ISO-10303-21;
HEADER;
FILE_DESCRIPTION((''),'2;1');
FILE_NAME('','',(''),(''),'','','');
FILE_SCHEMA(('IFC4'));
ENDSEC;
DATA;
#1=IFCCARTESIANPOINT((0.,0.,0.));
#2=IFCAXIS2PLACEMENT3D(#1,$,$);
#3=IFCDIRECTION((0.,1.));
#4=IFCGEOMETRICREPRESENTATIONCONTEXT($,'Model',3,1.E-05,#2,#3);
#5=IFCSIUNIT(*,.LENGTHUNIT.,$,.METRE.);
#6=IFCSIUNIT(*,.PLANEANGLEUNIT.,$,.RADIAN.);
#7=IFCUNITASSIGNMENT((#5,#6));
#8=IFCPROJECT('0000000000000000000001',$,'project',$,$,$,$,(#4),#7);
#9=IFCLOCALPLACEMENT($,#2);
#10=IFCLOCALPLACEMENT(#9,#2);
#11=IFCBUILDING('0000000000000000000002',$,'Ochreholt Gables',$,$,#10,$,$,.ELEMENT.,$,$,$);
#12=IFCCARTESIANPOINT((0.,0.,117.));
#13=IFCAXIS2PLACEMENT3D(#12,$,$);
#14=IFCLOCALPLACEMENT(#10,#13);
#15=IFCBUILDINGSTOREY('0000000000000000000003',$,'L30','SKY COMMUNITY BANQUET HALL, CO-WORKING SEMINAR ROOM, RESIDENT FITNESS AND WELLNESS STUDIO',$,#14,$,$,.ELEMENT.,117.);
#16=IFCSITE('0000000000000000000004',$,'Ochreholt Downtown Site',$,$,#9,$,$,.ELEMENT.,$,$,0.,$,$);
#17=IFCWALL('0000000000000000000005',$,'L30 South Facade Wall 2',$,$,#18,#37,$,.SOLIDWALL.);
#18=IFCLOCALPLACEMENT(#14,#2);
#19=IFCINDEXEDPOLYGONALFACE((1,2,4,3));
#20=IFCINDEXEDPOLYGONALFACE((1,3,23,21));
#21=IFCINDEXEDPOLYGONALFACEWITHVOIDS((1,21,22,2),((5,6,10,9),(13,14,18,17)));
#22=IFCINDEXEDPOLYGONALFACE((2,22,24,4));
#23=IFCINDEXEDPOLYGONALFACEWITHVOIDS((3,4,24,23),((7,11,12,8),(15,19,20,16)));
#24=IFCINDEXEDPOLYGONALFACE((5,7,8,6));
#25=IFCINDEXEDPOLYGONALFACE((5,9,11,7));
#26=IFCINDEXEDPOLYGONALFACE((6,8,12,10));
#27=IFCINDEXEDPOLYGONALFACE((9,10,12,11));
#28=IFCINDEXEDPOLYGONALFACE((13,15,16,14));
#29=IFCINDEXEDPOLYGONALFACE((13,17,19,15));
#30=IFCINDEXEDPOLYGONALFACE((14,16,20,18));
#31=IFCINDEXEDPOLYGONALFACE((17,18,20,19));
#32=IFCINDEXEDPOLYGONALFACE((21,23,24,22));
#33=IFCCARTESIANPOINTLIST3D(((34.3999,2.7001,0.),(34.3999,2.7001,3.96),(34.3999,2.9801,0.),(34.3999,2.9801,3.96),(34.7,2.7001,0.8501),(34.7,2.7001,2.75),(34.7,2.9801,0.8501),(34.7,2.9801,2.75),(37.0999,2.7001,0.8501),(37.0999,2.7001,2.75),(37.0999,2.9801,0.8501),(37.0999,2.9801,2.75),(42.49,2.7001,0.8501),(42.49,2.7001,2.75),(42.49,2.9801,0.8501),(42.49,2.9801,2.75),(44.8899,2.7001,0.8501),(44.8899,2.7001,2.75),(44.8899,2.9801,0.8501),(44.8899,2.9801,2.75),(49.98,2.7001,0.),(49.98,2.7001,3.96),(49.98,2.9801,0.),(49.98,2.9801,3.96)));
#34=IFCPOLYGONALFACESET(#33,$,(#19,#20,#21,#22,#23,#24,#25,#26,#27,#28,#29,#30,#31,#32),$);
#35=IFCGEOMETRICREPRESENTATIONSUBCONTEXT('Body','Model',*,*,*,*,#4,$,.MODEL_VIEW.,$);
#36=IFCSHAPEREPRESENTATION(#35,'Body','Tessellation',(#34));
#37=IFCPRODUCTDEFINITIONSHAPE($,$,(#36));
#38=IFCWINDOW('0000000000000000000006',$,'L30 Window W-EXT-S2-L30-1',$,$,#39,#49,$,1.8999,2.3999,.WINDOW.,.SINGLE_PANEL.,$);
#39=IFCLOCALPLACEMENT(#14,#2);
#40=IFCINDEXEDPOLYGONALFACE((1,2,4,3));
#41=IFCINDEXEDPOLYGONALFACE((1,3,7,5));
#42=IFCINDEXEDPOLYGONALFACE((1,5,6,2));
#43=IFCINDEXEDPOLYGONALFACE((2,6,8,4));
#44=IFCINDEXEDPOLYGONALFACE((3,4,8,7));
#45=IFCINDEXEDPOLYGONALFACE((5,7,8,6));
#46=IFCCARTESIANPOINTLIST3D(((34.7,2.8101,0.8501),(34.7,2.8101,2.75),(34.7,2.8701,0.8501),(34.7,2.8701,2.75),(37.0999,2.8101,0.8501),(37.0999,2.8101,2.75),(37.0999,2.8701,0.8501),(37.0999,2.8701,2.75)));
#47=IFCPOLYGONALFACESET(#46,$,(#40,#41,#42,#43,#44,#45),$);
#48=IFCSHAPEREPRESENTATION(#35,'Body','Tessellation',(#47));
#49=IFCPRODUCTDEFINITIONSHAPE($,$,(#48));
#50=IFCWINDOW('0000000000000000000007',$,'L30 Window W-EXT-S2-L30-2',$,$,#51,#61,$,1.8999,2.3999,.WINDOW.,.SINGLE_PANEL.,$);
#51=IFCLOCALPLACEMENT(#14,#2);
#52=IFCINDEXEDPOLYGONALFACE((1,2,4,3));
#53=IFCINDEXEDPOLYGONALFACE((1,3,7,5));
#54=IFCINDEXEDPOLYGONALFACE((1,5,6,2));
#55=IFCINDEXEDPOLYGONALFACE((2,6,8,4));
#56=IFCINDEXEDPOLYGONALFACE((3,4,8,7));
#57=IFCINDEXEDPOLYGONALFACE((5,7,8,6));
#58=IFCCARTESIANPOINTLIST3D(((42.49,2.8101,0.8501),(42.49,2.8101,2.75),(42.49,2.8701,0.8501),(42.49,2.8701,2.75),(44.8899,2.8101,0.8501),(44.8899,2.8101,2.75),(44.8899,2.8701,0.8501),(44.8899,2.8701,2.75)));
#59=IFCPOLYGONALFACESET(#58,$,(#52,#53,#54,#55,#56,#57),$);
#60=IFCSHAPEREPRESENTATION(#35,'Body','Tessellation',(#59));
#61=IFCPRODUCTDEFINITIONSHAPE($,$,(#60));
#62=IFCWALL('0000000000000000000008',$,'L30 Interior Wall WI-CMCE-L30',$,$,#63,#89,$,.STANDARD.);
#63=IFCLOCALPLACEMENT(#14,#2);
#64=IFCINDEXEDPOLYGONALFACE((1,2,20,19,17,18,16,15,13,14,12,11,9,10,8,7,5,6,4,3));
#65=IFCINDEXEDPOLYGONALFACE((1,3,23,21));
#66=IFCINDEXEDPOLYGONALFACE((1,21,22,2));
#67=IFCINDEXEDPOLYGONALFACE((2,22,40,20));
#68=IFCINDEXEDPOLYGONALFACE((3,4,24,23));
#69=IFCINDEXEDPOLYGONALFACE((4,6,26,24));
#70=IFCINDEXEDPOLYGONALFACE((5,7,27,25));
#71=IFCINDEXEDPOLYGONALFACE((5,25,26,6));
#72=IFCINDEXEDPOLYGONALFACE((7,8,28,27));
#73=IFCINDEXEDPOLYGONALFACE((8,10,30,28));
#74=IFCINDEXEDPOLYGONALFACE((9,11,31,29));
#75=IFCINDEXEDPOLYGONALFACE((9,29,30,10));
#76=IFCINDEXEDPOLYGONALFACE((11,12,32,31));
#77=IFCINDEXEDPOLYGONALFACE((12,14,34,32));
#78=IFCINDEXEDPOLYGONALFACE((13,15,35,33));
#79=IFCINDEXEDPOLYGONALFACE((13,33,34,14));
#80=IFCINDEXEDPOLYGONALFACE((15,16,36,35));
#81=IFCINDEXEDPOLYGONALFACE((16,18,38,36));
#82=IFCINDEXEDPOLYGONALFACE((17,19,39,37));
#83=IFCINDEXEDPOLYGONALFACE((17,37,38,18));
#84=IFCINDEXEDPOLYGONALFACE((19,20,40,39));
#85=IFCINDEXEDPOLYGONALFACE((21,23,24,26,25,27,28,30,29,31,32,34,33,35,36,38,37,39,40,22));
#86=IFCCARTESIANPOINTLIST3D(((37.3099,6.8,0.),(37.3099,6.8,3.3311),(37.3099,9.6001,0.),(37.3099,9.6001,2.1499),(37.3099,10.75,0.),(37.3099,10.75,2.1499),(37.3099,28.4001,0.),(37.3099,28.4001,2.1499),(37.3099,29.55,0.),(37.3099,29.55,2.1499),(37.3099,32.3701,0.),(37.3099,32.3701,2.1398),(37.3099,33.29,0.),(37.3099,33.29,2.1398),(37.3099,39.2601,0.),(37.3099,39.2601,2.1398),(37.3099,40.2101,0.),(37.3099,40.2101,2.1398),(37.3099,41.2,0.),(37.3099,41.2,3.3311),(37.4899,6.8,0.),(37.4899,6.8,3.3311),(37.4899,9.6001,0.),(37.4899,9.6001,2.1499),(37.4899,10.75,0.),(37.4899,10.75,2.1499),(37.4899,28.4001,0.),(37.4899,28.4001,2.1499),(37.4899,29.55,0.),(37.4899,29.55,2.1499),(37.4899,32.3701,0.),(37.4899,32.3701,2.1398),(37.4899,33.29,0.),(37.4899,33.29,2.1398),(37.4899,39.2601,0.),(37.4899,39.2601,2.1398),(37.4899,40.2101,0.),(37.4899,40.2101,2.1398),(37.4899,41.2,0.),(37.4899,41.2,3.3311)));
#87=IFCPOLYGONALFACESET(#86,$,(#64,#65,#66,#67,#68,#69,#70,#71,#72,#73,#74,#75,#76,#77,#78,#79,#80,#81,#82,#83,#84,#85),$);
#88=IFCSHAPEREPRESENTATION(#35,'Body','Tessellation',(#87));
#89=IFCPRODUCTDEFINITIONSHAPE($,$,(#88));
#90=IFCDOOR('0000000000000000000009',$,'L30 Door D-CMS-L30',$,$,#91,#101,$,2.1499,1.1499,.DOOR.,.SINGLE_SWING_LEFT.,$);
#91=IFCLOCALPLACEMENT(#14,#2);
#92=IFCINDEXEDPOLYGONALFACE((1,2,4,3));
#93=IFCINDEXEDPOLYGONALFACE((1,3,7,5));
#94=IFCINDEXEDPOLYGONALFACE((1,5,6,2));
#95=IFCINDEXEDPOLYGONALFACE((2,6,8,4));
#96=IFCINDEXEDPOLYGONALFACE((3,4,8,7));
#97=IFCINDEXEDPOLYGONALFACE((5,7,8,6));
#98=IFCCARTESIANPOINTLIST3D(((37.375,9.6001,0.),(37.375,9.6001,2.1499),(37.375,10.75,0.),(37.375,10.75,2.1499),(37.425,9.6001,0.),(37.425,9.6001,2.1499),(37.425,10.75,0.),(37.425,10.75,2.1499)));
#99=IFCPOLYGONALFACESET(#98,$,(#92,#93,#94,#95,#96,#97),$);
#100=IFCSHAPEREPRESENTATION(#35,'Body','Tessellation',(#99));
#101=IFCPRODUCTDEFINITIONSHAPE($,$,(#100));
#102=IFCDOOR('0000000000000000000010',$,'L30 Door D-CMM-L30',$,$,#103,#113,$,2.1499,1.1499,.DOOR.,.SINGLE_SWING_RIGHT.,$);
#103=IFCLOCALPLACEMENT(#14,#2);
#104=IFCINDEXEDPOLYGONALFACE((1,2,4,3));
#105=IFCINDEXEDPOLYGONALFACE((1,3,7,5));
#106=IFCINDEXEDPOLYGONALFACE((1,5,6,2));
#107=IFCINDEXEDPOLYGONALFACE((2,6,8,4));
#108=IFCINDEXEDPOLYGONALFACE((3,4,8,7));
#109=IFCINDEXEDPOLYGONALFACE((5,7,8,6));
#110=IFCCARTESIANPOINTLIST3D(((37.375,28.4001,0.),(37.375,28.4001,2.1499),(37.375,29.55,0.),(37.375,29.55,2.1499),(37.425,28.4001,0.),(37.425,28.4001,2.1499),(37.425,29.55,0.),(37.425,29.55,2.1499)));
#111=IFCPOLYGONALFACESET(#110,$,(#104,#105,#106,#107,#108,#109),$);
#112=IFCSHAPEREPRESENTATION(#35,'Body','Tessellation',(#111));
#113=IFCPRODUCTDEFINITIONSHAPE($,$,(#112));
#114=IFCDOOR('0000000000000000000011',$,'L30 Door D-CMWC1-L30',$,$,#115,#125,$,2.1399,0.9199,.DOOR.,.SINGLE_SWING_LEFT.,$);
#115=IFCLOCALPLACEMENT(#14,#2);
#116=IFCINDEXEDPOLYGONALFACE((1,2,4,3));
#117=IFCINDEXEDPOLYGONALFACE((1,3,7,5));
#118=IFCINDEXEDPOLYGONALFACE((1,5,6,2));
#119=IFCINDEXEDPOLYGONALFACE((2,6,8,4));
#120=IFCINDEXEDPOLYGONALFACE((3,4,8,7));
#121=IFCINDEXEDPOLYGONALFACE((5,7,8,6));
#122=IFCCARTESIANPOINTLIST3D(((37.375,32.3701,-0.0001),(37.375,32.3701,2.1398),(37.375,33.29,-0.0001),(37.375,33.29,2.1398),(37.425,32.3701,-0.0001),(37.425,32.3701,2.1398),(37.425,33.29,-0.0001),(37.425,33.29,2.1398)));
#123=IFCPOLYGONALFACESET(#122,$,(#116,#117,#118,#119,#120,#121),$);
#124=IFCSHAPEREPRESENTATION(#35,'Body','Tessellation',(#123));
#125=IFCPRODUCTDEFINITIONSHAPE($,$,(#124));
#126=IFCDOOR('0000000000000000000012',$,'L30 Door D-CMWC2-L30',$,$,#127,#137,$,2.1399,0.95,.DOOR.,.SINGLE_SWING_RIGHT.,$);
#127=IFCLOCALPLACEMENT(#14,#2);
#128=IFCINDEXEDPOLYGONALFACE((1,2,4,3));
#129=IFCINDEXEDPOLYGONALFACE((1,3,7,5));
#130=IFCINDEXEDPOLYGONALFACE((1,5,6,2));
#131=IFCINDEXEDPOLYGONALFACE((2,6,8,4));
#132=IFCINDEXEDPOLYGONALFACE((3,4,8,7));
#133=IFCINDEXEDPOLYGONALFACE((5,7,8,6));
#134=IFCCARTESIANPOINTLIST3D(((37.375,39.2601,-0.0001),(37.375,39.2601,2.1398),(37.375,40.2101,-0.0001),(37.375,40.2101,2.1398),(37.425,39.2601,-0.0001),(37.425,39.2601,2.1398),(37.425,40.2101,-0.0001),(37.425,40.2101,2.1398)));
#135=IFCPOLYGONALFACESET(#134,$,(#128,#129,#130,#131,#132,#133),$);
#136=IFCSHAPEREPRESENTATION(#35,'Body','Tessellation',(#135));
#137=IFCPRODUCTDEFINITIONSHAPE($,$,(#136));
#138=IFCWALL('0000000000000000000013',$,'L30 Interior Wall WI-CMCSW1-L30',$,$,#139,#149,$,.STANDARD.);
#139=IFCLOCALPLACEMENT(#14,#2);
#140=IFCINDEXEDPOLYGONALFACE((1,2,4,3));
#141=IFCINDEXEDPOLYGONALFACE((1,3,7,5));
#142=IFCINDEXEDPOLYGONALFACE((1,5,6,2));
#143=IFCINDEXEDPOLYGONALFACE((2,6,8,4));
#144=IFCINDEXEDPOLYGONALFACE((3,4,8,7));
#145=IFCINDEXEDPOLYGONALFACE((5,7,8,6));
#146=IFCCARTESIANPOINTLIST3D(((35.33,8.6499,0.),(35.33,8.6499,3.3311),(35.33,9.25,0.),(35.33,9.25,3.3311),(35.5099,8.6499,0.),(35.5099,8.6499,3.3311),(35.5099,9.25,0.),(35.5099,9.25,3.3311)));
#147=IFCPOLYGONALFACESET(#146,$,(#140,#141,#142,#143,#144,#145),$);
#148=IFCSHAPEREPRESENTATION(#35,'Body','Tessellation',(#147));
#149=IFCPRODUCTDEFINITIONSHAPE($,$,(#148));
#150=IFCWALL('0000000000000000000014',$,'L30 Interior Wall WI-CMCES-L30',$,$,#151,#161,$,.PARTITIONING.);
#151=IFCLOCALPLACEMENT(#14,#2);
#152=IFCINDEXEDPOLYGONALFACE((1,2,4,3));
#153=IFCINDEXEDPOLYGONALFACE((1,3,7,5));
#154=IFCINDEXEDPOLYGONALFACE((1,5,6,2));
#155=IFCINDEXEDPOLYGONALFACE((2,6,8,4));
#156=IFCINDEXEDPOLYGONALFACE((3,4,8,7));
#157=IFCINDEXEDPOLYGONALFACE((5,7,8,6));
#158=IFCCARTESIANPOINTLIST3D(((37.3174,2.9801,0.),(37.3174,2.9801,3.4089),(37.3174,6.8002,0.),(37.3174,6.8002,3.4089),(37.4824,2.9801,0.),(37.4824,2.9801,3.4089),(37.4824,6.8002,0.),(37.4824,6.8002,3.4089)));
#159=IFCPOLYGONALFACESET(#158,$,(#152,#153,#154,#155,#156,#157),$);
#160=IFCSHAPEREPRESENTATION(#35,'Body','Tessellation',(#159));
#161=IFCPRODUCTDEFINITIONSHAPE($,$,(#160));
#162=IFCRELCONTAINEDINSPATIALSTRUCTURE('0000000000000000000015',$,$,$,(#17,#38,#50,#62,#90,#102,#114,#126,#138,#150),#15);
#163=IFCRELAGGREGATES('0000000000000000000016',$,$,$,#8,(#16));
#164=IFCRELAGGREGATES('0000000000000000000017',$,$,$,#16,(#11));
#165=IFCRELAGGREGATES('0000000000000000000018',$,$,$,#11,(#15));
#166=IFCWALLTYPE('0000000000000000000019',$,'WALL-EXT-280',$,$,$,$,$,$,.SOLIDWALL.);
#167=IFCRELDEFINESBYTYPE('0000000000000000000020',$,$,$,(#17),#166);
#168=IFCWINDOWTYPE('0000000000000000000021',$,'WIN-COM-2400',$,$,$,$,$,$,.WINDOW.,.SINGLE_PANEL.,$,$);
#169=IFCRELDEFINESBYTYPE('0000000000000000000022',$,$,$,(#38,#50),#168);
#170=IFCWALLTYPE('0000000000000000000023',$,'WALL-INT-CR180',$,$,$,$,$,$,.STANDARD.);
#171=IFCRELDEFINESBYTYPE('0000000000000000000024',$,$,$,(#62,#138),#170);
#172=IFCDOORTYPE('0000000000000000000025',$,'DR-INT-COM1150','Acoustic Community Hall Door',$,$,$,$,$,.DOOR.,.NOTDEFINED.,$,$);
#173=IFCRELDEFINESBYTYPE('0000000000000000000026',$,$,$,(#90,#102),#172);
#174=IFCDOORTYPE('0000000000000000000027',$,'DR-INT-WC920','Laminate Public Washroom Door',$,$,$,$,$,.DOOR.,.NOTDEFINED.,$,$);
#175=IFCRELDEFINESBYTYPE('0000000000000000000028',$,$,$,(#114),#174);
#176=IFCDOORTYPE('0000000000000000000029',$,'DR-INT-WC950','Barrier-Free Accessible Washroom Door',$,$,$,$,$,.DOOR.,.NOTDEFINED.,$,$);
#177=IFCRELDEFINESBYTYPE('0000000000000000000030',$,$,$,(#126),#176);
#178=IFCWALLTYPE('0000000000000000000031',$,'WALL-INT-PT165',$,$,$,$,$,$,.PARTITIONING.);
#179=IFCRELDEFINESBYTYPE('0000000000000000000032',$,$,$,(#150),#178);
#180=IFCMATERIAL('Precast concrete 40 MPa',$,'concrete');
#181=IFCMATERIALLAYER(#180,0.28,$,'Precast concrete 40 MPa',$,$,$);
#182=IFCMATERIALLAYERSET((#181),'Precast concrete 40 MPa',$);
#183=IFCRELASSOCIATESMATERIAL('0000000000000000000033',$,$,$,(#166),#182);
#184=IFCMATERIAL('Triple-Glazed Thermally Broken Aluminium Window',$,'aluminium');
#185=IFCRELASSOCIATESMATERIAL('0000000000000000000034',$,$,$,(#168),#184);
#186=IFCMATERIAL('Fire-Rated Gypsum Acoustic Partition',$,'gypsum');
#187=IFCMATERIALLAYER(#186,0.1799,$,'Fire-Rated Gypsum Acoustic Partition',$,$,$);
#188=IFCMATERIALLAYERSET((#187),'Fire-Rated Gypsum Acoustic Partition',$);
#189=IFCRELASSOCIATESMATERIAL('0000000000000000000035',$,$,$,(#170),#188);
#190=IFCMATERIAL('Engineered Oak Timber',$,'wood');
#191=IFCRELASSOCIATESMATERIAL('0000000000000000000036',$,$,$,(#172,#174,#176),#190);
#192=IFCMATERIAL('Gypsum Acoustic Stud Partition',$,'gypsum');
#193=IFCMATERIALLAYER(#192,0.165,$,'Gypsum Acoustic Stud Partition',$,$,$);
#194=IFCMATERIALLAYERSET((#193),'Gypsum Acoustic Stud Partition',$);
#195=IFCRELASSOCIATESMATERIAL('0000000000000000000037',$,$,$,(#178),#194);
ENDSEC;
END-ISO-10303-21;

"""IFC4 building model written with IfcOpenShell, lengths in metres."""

from ifc_helpers import new_model, si_unit, direction, frame, frame_2d, origin, place, context, subcontext, project, spatial, rectangle, extrude, material, layer, layer_set, type_object, element, fill, save


model = new_model("IFC4")

# Units and contexts
model_context = context("Model", 3, precision=1e-05, world=origin(), true_north=direction((0.0, 1.0)))
body_context = subcontext(model_context, "Body", "Model", "MODEL_VIEW")
ifc_project = project(units=[si_unit("LENGTHUNIT", "METRE"), si_unit("PLANEANGLEUNIT", "RADIAN")], contexts=[model_context])

# Site, building, storey
site_placement = place(None, origin())
site = spatial("IfcSite", under=ifc_project, at=site_placement, Name="Ochreholt Downtown Site", CompositionType="ELEMENT", RefElevation=0.0)
building_placement = place(site_placement, origin())
building = spatial("IfcBuilding", under=site, at=building_placement, Name="Ochreholt Gables", CompositionType="ELEMENT")
storey_placement = place(building_placement, frame((0.0, 0.0, 117.0)))
storey = spatial("IfcBuildingStorey", under=building, at=storey_placement, Name="L30", Description="SKY COMMUNITY BANQUET HALL, CO-WORKING SEMINAR ROOM, RESIDENT FITNESS AND WELLNESS STUDIO", CompositionType="ELEMENT", Elevation=117.0)

# Wall, openings, windows
ifc_material_1 = material(Name="Precast concrete 40 MPa", Category="concrete")
ifc_layer_1 = layer(ifc_material_1, 0.28, Name="Precast concrete 40 MPa")
ifc_layer_set_1 = layer_set([ifc_layer_1], Name="Precast concrete 40 MPa")
wall_type_1 = type_object("IfcWallType", Name="WALL-EXT-280", PredefinedType="SOLIDWALL", material=ifc_layer_set_1)
wall_1_placement = place(storey_placement, frame((34.3999, 2.8401, 0.0), z_axis=(0.0, 0.0, 1.0), x_axis=(1.0, 0.0, 0.0)))
wall_1 = element("IfcWall", 1, at=wall_1_placement, inside=storey, type_object=wall_type_1, Name="L30 South Facade Wall 2", PredefinedType="SOLIDWALL", context=body_context, shape_type="SweptSolid", body=[
    extrude(rectangle(XDim=15.5801, YDim=0.28, at=frame_2d((7.79, 0.0))), origin(), (0.0, 0.0, 1.0), 3.96),
])
opening_1_placement = place(wall_1_placement, frame((0.3, 0.0, 0.8501)))
opening_1 = element("IfcOpeningElement", 2, at=opening_1_placement, cuts=wall_1, PredefinedType="OPENING", context=body_context, shape_type="SweptSolid", body=[
    extrude(rectangle(XDim=2.3999, YDim=1.8999, at=frame_2d((1.2, 0.95))), frame((0.0, 0.1499, 0.0), z_axis=(0.0, -1.0, 0.0), x_axis=(1.0, 0.0, 0.0)), (0.0, 0.0, 1.0), 0.3),
])
opening_2_placement = place(wall_1_placement, frame((8.0901, 0.0, 0.8501)))
opening_2 = element("IfcOpeningElement", 3, at=opening_2_placement, cuts=wall_1, PredefinedType="OPENING", context=body_context, shape_type="SweptSolid", body=[
    extrude(rectangle(XDim=2.3999, YDim=1.8999, at=frame_2d((1.2, 0.95))), frame((0.0, 0.1499, 0.0), z_axis=(0.0, -1.0, 0.0), x_axis=(1.0, 0.0, 0.0)), (0.0, 0.0, 1.0), 0.3),
])
ifc_material_2 = material(Name="Triple-Glazed Thermally Broken Aluminium Window", Category="aluminium")
window_type = type_object("IfcWindowType", Name="WIN-COM-2400", PartitioningType="SINGLE_PANEL", PredefinedType="WINDOW", material=ifc_material_2)
window_1_placement = place(opening_1_placement, origin())
window_1 = element("IfcWindow", 4, at=window_1_placement, inside=storey, type_object=window_type, Name="L30 Window W-EXT-S2-L30-1", OverallHeight=1.8999, OverallWidth=2.3999, PartitioningType="SINGLE_PANEL", PredefinedType="WINDOW", context=body_context, shape_type="SweptSolid", body=[
    extrude(rectangle(XDim=2.3999, YDim=1.8999, at=frame_2d((1.2, 0.95))), frame((0.0, 0.03, 0.0), z_axis=(0.0, -1.0, 0.0), x_axis=(1.0, 0.0, 0.0)), (0.0, 0.0, 1.0), 0.0601),
])
fill(opening_1, window_1)
window_2_placement = place(opening_2_placement, origin())
window_2 = element("IfcWindow", 5, at=window_2_placement, inside=storey, type_object=window_type, Name="L30 Window W-EXT-S2-L30-2", OverallHeight=1.8999, OverallWidth=2.3999, PartitioningType="SINGLE_PANEL", PredefinedType="WINDOW", context=body_context, shape_type="SweptSolid", body=[
    extrude(rectangle(XDim=2.3999, YDim=1.8999, at=frame_2d((1.2, 0.95))), frame((0.0, 0.03, 0.0), z_axis=(0.0, -1.0, 0.0), x_axis=(1.0, 0.0, 0.0)), (0.0, 0.0, 1.0), 0.0601),
])
fill(opening_2, window_2)

# Wall, openings, doors
ifc_material_3 = material(Name="Fire-Rated Gypsum Acoustic Partition", Category="gypsum")
ifc_layer_2 = layer(ifc_material_3, 0.1799, Name="Fire-Rated Gypsum Acoustic Partition")
ifc_layer_set_2 = layer_set([ifc_layer_2], Name="Fire-Rated Gypsum Acoustic Partition")
wall_type_2 = type_object("IfcWallType", Name="WALL-INT-CR180", PredefinedType="STANDARD", material=ifc_layer_set_2)
wall_2_placement = place(storey_placement, frame((37.3999, 6.8, 0.0), z_axis=(0.0, 0.0, 1.0), x_axis=(0.0, 1.0, 0.0)))
wall_2 = element("IfcWall", 6, at=wall_2_placement, inside=storey, type_object=wall_type_2, Name="L30 Interior Wall WI-CMCE-L30", PredefinedType="STANDARD", context=body_context, shape_type="SweptSolid", body=[
    extrude(rectangle(XDim=34.3999, YDim=0.1799, at=frame_2d((17.2, 0.0))), origin(), (0.0, 0.0, 1.0), 3.3311),
])
opening_3_placement = place(wall_2_placement, frame((25.5701, 0.0, 0.0)))
opening_3 = element("IfcOpeningElement", 7, at=opening_3_placement, cuts=wall_2, PredefinedType="OPENING", context=body_context, shape_type="SweptSolid", body=[
    extrude(rectangle(XDim=0.9199, YDim=2.1399, at=frame_2d((0.46, 1.0698))), frame((0.0, 0.0999, 0.0), z_axis=(0.0, -1.0, 0.0), x_axis=(1.0, 0.0, 0.0)), (0.0, 0.0, 1.0), 0.2),
])
opening_4_placement = place(wall_2_placement, frame((32.46, 0.0, 0.0)))
opening_4 = element("IfcOpeningElement", 8, at=opening_4_placement, cuts=wall_2, PredefinedType="OPENING", context=body_context, shape_type="SweptSolid", body=[
    extrude(rectangle(XDim=0.95, YDim=2.1399, at=frame_2d((0.4751, 1.0698))), frame((0.0, 0.0999, 0.0), z_axis=(0.0, -1.0, 0.0), x_axis=(1.0, 0.0, 0.0)), (0.0, 0.0, 1.0), 0.2),
])
opening_5_placement = place(wall_2_placement, frame((2.8, 0.0, 0.0)))
opening_5 = element("IfcOpeningElement", 9, at=opening_5_placement, cuts=wall_2, PredefinedType="OPENING", context=body_context, shape_type="SweptSolid", body=[
    extrude(rectangle(XDim=1.1499, YDim=2.1499, at=frame_2d((0.575, 1.075))), frame((0.0, 0.0999, 0.0), z_axis=(0.0, -1.0, 0.0), x_axis=(1.0, 0.0, 0.0)), (0.0, 0.0, 1.0), 0.2),
])
opening_6_placement = place(wall_2_placement, frame((21.6001, 0.0, 0.0)))
opening_6 = element("IfcOpeningElement", 10, at=opening_6_placement, cuts=wall_2, PredefinedType="OPENING", context=body_context, shape_type="SweptSolid", body=[
    extrude(rectangle(XDim=1.1499, YDim=2.1499, at=frame_2d((0.575, 1.075))), frame((0.0, 0.0999, 0.0), z_axis=(0.0, -1.0, 0.0), x_axis=(1.0, 0.0, 0.0)), (0.0, 0.0, 1.0), 0.2),
])
ifc_material_4 = material(Name="Engineered Oak Timber", Category="wood")
door_type_1 = type_object("IfcDoorType", Name="DR-INT-COM1150", Description="Acoustic Community Hall Door", OperationType="NOTDEFINED", PredefinedType="DOOR", material=ifc_material_4)
door_1_placement = place(opening_5_placement, origin())
door_1 = element("IfcDoor", 11, at=door_1_placement, inside=storey, type_object=door_type_1, Name="L30 Door D-CMS-L30", OperationType="SINGLE_SWING_LEFT", OverallHeight=2.1499, OverallWidth=1.1499, PredefinedType="DOOR", context=body_context, shape_type="SweptSolid", body=[
    extrude(rectangle(XDim=1.1499, YDim=2.1499, at=frame_2d((0.575, 1.075))), frame((0.0, 0.0249, 0.0), z_axis=(0.0, -1.0, 0.0), x_axis=(1.0, 0.0, 0.0)), (0.0, 0.0, 1.0), 0.05),
])
fill(opening_5, door_1)
door_2_placement = place(opening_6_placement, origin())
door_2 = element("IfcDoor", 12, at=door_2_placement, inside=storey, type_object=door_type_1, Name="L30 Door D-CMM-L30", OperationType="SINGLE_SWING_RIGHT", OverallHeight=2.1499, OverallWidth=1.1499, PredefinedType="DOOR", context=body_context, shape_type="SweptSolid", body=[
    extrude(rectangle(XDim=1.1499, YDim=2.1499, at=frame_2d((0.575, 1.075))), frame((0.0, 0.0249, 0.0), z_axis=(0.0, -1.0, 0.0), x_axis=(1.0, 0.0, 0.0)), (0.0, 0.0, 1.0), 0.05),
])
fill(opening_6, door_2)
door_type_2 = type_object("IfcDoorType", Name="DR-INT-WC920", Description="Laminate Public Washroom Door", OperationType="NOTDEFINED", PredefinedType="DOOR", material=ifc_material_4)
door_3_placement = place(opening_3_placement, origin())
door_3 = element("IfcDoor", 13, at=door_3_placement, inside=storey, type_object=door_type_2, Name="L30 Door D-CMWC1-L30", OperationType="SINGLE_SWING_LEFT", OverallHeight=2.1399, OverallWidth=0.9199, PredefinedType="DOOR", context=body_context, shape_type="SweptSolid", body=[
    extrude(rectangle(XDim=0.9199, YDim=2.1399, at=frame_2d((0.46, 1.0698))), frame((0.0, 0.0249, 0.0), z_axis=(0.0, -1.0, 0.0), x_axis=(1.0, 0.0, 0.0)), (0.0, 0.0, 1.0), 0.05),
])
fill(opening_3, door_3)
door_type_3 = type_object("IfcDoorType", Name="DR-INT-WC950", Description="Barrier-Free Accessible Washroom Door", OperationType="NOTDEFINED", PredefinedType="DOOR", material=ifc_material_4)
door_4_placement = place(opening_4_placement, origin())
door_4 = element("IfcDoor", 14, at=door_4_placement, inside=storey, type_object=door_type_3, Name="L30 Door D-CMWC2-L30", OperationType="SINGLE_SWING_RIGHT", OverallHeight=2.1399, OverallWidth=0.95, PredefinedType="DOOR", context=body_context, shape_type="SweptSolid", body=[
    extrude(rectangle(XDim=0.95, YDim=2.1399, at=frame_2d((0.4751, 1.0698))), frame((0.0, 0.0249, 0.0), z_axis=(0.0, -1.0, 0.0), x_axis=(1.0, 0.0, 0.0)), (0.0, 0.0, 1.0), 0.05),
])
fill(opening_4, door_4)

# Walls
wall_3_placement = place(storey_placement, frame((35.4199, 8.6499, 0.0), z_axis=(0.0, 0.0, 1.0), x_axis=(0.0, 1.0, 0.0)))
element("IfcWall", 15, at=wall_3_placement, inside=storey, type_object=wall_type_2, Name="L30 Interior Wall WI-CMCSW1-L30", PredefinedType="STANDARD", context=body_context, shape_type="SweptSolid", body=[
    extrude(rectangle(XDim=0.6001, YDim=0.1799, at=frame_2d((0.3, 0.0))), origin(), (0.0, 0.0, 1.0), 3.3311),
])
ifc_material_5 = material(Name="Gypsum Acoustic Stud Partition", Category="gypsum")
ifc_layer_3 = layer(ifc_material_5, 0.165, Name="Gypsum Acoustic Stud Partition")
ifc_layer_set_3 = layer_set([ifc_layer_3], Name="Gypsum Acoustic Stud Partition")
wall_type_3 = type_object("IfcWallType", Name="WALL-INT-PT165", PredefinedType="PARTITIONING", material=ifc_layer_set_3)
wall_4_placement = place(storey_placement, frame((37.3999, 2.98, 0.0), z_axis=(0.0, 0.0, 1.0), x_axis=(0.0, 1.0, 0.0)))
element("IfcWall", 16, at=wall_4_placement, inside=storey, type_object=wall_type_3, Name="L30 Interior Wall WI-CMCES-L30", PredefinedType="PARTITIONING", context=body_context, shape_type="SweptSolid", body=[
    extrude(rectangle(XDim=3.8201, YDim=0.165, at=frame_2d((1.9102, 0.0))), origin(), (0.0, 0.0, 1.0), 3.4089),
])

save(model, "model.ifc")
